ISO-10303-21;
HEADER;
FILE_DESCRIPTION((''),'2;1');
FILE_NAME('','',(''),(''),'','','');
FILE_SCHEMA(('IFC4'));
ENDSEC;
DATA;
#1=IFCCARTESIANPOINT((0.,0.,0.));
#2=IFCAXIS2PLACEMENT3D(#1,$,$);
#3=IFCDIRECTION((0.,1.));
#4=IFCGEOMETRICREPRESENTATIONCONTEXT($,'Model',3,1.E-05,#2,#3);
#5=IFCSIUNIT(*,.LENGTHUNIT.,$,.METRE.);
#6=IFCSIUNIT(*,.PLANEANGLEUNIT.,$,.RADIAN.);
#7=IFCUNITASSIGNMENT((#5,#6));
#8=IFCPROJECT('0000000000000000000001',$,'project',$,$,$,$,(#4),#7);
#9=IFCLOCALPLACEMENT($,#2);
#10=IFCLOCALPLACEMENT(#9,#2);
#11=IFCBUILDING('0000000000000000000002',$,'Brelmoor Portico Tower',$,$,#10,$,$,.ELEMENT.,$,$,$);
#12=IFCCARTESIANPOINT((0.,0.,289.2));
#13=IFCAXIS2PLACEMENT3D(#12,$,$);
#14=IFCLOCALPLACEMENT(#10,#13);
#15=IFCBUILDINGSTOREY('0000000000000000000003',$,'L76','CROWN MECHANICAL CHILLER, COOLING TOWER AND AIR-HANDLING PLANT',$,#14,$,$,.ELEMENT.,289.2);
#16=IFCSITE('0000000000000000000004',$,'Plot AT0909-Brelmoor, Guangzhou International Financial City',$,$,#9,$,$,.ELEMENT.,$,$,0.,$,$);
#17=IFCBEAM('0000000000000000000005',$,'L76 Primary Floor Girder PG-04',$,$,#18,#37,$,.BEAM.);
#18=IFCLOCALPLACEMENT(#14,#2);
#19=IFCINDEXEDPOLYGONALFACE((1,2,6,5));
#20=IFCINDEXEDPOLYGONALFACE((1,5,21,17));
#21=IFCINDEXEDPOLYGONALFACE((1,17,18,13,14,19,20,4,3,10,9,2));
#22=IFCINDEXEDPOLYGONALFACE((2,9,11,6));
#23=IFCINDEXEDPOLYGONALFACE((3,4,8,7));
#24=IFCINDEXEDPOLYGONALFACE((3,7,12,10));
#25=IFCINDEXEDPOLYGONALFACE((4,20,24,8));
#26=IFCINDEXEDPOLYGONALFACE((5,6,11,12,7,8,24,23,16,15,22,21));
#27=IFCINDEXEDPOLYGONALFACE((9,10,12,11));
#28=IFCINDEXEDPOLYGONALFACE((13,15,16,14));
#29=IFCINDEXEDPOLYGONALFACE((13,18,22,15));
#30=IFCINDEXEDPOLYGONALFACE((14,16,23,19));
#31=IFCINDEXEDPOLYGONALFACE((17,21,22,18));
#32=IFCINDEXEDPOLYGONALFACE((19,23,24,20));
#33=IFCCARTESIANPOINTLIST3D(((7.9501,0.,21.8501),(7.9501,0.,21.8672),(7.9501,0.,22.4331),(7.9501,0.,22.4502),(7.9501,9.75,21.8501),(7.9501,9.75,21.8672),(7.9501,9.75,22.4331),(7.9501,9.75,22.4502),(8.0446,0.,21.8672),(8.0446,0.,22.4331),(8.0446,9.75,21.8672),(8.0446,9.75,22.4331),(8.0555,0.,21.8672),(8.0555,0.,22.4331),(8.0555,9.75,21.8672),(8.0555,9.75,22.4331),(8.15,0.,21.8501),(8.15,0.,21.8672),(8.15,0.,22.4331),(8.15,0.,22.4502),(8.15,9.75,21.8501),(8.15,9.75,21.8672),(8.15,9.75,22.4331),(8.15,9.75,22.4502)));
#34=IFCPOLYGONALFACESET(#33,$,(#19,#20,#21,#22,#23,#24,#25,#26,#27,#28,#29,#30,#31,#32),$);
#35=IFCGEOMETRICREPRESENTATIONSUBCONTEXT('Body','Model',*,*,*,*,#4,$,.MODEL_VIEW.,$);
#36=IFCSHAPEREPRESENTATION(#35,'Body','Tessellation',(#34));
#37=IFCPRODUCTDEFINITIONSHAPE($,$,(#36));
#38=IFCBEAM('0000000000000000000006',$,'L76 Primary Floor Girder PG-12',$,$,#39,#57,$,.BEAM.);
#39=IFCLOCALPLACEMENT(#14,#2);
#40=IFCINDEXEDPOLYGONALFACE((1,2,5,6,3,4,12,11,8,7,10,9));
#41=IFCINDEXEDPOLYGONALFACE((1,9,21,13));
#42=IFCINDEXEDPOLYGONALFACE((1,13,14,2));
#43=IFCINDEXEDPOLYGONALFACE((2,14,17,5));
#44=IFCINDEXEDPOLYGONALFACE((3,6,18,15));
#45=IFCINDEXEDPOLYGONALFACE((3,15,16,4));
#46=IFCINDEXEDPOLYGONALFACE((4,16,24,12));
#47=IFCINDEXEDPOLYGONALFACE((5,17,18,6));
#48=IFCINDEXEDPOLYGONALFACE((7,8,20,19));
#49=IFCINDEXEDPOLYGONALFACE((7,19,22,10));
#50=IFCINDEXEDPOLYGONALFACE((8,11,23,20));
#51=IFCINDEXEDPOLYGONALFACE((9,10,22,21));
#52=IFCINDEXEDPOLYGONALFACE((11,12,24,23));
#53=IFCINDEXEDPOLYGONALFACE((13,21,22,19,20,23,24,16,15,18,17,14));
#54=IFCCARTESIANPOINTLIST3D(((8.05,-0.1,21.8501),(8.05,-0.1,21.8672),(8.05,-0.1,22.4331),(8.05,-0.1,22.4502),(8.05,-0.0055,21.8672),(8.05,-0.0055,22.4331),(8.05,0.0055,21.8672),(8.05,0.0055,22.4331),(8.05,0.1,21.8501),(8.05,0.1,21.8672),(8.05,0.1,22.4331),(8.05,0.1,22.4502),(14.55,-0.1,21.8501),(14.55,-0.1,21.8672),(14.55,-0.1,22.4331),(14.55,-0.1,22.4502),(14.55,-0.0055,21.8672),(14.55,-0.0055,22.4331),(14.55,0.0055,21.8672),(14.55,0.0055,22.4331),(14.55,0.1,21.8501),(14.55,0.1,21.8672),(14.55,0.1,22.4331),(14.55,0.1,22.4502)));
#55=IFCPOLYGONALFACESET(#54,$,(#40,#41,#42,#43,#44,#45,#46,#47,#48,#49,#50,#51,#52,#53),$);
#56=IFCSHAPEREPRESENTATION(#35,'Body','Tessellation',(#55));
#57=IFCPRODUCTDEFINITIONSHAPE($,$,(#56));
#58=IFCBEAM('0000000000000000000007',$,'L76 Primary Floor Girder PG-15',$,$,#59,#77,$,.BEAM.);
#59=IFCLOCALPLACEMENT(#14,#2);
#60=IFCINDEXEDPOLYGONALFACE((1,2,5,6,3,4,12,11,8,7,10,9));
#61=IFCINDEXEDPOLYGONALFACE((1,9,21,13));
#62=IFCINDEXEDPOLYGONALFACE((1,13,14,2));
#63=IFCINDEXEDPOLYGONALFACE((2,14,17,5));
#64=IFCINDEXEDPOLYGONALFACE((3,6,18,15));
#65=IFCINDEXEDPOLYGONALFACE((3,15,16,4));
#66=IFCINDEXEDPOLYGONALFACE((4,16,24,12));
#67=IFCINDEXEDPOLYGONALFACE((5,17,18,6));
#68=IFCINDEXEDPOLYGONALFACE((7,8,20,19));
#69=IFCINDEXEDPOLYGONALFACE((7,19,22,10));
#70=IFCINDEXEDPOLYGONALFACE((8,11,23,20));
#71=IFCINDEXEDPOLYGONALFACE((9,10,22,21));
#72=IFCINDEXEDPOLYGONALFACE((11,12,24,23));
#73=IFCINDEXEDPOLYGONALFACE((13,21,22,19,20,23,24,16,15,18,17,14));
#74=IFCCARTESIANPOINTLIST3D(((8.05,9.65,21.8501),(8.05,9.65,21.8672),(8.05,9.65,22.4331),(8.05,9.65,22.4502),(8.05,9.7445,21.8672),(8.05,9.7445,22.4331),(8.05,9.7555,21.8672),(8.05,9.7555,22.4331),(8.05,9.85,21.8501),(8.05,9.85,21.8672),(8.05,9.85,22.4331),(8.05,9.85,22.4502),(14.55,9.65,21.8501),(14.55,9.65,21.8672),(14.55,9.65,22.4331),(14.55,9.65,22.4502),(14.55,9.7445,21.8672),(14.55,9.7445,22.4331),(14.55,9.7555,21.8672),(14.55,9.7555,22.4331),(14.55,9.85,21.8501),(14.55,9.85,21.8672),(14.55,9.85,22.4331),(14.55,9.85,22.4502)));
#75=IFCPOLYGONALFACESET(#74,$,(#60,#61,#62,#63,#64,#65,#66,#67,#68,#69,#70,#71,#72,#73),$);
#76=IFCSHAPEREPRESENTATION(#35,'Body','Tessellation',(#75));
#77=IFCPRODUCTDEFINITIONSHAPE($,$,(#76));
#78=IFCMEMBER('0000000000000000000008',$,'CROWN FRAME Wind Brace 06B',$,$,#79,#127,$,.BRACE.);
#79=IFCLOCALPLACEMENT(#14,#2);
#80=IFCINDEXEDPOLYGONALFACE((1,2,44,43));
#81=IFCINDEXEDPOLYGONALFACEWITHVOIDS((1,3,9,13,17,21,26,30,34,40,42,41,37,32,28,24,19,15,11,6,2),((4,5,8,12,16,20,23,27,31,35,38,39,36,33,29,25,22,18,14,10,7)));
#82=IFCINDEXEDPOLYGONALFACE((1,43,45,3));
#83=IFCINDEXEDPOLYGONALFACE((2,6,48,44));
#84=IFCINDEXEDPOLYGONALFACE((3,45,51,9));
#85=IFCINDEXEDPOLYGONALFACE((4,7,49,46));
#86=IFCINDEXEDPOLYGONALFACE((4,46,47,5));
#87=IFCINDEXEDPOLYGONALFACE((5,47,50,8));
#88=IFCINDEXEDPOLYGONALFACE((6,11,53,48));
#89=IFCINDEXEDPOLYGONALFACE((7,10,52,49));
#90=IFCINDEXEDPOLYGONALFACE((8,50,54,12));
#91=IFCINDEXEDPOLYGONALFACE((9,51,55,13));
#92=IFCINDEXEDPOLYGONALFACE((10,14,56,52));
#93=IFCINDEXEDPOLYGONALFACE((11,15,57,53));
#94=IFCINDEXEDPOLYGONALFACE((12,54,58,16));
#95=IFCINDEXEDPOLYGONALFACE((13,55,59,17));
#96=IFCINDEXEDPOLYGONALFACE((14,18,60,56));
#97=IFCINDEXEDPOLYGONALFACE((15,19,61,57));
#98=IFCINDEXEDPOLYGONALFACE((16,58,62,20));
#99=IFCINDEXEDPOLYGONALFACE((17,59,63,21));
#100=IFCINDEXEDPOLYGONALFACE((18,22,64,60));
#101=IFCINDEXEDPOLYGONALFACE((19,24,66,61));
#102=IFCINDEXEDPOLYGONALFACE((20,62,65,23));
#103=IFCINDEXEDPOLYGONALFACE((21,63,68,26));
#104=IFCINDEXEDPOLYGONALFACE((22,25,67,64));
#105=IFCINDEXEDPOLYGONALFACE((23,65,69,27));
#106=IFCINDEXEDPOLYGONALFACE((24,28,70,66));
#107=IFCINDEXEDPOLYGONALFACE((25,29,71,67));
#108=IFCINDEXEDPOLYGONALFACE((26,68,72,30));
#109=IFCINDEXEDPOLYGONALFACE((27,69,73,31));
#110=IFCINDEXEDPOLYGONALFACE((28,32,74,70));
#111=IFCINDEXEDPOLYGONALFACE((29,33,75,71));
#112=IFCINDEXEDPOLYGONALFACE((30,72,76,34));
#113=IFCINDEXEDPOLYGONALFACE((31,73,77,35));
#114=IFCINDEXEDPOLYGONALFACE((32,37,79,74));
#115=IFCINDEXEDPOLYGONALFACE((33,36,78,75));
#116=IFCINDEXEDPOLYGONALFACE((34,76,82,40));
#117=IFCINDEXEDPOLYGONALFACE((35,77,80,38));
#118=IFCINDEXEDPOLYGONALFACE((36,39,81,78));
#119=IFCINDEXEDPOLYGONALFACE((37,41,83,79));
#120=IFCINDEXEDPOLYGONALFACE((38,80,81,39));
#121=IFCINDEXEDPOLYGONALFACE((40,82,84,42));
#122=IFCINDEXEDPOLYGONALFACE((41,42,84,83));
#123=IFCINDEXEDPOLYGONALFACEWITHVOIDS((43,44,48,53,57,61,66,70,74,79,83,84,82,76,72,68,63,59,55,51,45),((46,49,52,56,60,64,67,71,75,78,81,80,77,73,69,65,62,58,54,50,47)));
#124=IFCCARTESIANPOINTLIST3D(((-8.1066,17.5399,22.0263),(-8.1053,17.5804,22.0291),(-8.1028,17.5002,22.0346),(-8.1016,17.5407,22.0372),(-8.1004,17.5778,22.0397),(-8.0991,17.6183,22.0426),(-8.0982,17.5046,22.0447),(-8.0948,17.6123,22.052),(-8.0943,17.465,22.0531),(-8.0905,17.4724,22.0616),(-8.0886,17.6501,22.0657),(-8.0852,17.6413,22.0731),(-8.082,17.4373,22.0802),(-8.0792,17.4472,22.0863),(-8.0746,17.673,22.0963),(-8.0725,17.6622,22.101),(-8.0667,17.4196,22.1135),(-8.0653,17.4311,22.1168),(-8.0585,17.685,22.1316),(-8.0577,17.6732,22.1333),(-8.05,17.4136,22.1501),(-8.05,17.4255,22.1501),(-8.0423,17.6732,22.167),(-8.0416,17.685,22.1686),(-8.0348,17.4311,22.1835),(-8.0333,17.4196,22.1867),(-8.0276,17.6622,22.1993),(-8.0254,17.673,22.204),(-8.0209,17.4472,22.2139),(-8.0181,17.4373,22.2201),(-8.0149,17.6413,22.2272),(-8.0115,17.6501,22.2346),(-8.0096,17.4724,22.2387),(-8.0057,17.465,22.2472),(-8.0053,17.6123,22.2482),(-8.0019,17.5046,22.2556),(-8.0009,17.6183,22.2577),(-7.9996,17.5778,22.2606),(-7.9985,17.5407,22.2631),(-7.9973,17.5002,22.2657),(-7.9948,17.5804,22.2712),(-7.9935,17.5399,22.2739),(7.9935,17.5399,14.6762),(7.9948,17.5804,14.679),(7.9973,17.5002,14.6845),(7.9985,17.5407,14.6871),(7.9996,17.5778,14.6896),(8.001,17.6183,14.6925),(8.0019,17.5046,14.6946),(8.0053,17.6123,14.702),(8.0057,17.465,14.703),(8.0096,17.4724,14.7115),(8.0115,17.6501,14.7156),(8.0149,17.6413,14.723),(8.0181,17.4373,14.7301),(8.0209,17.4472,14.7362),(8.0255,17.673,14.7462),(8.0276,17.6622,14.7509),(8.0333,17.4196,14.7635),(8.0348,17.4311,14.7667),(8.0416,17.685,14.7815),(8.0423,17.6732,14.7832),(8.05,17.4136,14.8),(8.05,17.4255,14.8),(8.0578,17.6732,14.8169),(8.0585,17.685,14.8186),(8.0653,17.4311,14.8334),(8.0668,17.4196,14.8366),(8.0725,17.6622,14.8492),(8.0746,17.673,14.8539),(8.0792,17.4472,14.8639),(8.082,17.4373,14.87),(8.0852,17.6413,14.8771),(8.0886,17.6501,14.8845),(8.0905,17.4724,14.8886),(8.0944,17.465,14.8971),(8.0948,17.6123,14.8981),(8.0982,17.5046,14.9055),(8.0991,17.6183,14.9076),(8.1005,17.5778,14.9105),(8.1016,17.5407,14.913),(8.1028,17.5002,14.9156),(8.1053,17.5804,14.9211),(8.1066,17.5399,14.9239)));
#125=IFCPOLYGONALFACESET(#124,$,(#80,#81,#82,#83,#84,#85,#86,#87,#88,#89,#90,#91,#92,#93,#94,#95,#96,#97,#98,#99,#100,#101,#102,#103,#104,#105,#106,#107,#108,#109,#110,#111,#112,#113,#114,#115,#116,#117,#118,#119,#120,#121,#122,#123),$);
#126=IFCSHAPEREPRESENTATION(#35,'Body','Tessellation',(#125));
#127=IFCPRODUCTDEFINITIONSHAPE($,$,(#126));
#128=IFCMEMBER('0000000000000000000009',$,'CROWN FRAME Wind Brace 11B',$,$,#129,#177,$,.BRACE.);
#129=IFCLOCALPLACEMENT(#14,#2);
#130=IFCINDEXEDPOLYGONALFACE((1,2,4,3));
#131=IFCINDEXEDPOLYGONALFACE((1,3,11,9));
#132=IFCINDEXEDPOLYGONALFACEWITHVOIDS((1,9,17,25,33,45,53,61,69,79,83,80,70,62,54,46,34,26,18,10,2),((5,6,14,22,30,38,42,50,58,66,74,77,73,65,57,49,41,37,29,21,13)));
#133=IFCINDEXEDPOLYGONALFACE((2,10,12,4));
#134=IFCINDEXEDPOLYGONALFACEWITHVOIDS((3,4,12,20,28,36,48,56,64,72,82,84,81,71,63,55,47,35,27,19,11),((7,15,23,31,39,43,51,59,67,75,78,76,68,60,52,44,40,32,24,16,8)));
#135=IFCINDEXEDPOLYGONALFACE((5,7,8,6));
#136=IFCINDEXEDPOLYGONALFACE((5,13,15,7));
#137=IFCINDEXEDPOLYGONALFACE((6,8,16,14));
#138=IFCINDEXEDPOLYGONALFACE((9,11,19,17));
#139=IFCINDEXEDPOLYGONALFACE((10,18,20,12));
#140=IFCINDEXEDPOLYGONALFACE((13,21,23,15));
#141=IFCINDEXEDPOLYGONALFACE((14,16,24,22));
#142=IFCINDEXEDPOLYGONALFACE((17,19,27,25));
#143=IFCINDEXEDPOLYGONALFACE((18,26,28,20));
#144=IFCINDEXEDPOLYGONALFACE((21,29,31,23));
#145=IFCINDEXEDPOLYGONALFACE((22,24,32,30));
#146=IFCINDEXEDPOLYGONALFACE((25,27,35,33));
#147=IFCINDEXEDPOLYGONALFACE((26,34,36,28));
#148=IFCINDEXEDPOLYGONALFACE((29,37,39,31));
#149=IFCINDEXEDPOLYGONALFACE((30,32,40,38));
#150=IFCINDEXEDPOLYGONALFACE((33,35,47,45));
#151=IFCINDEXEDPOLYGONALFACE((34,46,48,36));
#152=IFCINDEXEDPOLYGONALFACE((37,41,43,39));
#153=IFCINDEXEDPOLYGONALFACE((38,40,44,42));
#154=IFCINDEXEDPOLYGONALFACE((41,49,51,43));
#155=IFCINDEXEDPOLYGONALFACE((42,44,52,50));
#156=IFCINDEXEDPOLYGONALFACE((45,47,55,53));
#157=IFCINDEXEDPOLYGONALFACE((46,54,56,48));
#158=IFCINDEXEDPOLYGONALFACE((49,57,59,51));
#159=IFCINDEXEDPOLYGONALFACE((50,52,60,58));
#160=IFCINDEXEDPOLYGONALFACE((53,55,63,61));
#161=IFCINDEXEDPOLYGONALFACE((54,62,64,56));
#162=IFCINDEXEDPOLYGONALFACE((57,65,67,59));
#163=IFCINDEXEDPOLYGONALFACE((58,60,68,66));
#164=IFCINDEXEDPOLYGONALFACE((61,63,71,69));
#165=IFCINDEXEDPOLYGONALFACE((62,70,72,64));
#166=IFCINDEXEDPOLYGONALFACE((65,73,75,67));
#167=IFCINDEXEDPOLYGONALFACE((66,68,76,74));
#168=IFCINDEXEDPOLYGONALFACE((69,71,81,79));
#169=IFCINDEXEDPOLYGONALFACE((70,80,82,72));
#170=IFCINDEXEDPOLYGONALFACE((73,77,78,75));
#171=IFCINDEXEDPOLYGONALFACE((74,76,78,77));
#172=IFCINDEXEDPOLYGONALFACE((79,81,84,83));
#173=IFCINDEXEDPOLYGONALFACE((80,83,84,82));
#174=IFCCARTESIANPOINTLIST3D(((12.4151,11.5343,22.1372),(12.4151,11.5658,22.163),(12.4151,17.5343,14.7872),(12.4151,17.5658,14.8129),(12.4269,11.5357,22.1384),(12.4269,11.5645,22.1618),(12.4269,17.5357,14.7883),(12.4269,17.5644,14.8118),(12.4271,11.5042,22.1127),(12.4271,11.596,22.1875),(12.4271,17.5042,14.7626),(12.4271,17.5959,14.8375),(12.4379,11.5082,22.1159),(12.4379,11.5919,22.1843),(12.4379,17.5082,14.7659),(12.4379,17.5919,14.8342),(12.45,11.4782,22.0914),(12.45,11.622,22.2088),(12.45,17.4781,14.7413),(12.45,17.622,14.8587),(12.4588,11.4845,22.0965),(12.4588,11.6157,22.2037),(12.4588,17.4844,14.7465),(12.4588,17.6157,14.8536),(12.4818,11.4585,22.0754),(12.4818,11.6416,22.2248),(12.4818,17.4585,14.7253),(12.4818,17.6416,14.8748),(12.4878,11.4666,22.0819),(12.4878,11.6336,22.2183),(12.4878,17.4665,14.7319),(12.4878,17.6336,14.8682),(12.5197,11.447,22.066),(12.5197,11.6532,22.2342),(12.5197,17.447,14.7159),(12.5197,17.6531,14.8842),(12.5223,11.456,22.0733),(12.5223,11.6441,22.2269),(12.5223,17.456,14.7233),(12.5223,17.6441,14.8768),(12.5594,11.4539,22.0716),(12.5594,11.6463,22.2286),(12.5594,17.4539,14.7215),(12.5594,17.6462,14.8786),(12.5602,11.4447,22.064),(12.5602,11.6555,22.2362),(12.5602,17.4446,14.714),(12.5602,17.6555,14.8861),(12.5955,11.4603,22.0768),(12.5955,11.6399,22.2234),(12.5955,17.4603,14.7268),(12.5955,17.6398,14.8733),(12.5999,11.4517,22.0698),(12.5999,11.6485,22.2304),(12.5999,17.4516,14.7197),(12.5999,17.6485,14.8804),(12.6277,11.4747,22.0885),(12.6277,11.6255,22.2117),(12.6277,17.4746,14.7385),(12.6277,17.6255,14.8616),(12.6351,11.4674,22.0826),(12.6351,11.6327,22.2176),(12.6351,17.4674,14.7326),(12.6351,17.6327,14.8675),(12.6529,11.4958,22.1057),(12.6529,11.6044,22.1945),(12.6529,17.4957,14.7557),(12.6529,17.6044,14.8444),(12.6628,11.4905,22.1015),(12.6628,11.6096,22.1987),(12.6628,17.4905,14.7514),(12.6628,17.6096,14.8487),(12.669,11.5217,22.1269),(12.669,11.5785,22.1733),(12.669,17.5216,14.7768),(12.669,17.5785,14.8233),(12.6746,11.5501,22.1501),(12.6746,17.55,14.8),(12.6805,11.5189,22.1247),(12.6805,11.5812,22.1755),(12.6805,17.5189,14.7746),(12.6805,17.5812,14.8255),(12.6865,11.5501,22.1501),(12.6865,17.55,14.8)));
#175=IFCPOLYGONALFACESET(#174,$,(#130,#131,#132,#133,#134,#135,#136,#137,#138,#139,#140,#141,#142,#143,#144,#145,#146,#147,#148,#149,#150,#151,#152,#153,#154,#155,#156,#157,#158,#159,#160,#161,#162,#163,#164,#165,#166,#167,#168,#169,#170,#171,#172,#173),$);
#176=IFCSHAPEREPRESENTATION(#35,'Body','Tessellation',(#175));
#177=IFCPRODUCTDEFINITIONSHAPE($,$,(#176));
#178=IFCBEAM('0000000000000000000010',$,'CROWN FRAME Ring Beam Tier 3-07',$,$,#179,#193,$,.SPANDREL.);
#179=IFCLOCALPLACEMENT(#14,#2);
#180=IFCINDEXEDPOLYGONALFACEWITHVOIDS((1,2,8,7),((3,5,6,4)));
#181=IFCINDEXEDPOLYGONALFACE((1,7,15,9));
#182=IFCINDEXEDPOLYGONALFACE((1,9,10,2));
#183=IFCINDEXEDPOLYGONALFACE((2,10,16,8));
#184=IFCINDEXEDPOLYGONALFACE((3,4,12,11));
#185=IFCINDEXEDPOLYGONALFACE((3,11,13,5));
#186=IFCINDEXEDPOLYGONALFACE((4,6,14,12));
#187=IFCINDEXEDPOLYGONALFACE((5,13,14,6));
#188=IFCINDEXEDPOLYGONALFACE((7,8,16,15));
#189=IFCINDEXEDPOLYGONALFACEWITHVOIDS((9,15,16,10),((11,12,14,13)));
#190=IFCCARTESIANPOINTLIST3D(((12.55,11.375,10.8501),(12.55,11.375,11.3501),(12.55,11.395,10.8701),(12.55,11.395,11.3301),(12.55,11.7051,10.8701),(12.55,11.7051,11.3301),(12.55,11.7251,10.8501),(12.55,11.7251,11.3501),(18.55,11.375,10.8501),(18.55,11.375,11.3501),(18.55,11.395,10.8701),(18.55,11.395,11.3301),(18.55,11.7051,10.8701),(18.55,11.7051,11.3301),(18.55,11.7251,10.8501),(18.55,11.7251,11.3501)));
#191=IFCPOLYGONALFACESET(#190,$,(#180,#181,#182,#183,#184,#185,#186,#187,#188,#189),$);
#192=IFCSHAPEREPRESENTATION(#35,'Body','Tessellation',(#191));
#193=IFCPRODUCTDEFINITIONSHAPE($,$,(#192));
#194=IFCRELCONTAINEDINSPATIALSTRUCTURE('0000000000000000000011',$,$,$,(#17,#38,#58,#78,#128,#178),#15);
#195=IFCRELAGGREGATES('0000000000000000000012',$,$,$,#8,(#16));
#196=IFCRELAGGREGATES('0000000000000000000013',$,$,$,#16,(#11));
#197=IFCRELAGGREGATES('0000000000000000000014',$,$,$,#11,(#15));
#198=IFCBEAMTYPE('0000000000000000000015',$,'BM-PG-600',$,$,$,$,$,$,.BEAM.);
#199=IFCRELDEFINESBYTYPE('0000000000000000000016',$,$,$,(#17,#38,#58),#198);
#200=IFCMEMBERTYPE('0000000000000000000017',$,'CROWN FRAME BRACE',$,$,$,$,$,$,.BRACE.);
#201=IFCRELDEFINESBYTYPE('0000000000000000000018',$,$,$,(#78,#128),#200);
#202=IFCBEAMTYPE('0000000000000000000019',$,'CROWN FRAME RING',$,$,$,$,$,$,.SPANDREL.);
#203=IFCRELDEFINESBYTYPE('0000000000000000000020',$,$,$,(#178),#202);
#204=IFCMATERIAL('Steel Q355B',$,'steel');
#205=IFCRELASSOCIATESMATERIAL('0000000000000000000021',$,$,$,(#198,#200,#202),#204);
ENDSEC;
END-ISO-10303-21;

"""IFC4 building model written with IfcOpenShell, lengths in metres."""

from ifc_helpers import new_model, si_unit, direction, frame, origin, origin_2d, place, context, subcontext, project, spatial, hollow_rectangle, hollow_circle, i_section, extrude, material, material_profile, profile_set, type_object, element, save


model = new_model("IFC4")

# Units and contexts
model_context = context("Model", 3, precision=1e-05, world=origin(), true_north=direction((0.0, 1.0)))
body_context = subcontext(model_context, "Body", "Model", "MODEL_VIEW")
ifc_project = project(units=[si_unit("LENGTHUNIT", "METRE"), si_unit("PLANEANGLEUNIT", "RADIAN")], contexts=[model_context])

# Site, building, storey
site_placement = place(None, origin())
site = spatial("IfcSite", under=ifc_project, at=site_placement, Name="Plot AT0909-Brelmoor, Guangzhou International Financial City", CompositionType="ELEMENT", RefElevation=0.0)
building_placement = place(site_placement, origin())
building = spatial("IfcBuilding", under=site, at=building_placement, Name="Brelmoor Portico Tower", CompositionType="ELEMENT")
storey_placement = place(building_placement, frame((0.0, 0.0, 289.2)))
storey = spatial("IfcBuildingStorey", under=building, at=storey_placement, Name="L76", Description="CROWN MECHANICAL CHILLER, COOLING TOWER AND AIR-HANDLING PLANT", CompositionType="ELEMENT", Elevation=289.2)

# Beams
ifc_material_1 = material(Name="Steel Q355B", Category="steel")
ifc_material_profile_1 = material_profile(ifc_material_1, i_section(OverallWidth=0.2, OverallDepth=0.6001, WebThickness=0.011, FlangeThickness=0.0171, at=origin_2d()), Name="HN 600x200x11x17")
ifc_profile_set_1 = profile_set([ifc_material_profile_1], Name="Steel Q355B")
beam_type_1 = type_object("IfcBeamType", Name="BM-PG-600", PredefinedType="BEAM", material=ifc_profile_set_1)
beam_1_placement = place(storey_placement, frame((8.05, 0.0, 22.1501), z_axis=(0.0, 1.0, 0.0), x_axis=(-1.0, 0.0, 0.0)))
element("IfcBeam", 1, at=beam_1_placement, inside=storey, type_object=beam_type_1, Name="L76 Primary Floor Girder PG-04", PredefinedType="BEAM", context=body_context, shape_type="SweptSolid", body=[
    extrude(i_section(OverallWidth=0.2, OverallDepth=0.6001, WebThickness=0.011, FlangeThickness=0.0171, at=origin_2d()), origin(), (0.0, 0.0, 1.0), 9.75),
])
for number, where, z_axis, x_axis, name in (
    (2, (8.05, 0.0, 22.1501), (1.0, 0.0, 0.0), (0.0, 1.0, 0.0), "L76 Primary Floor Girder PG-12"),
    (3, (8.05, 9.75, 22.1501), (1.0, 0.0, 0.0), (0.0, 1.0, 0.0), "L76 Primary Floor Girder PG-15"),
):
    element("IfcBeam", number, at=place(storey_placement, frame(where, z_axis=z_axis, x_axis=x_axis)), inside=storey, type_object=beam_type_1, Name=name, PredefinedType="BEAM", context=body_context, shape_type="SweptSolid", body=[
        extrude(i_section(OverallWidth=0.2, OverallDepth=0.6001, WebThickness=0.011, FlangeThickness=0.0171, at=origin_2d()), origin(), (0.0, 0.0, 1.0), 6.5),
    ])

# Members
ifc_material_profile_2 = material_profile(ifc_material_1, hollow_circle(Radius=0.1365, WallThickness=0.012, at=origin_2d()), Name="CHS 273x12")
ifc_profile_set_2 = profile_set([ifc_material_profile_2], Name="Steel Q355B")
member_type = type_object("IfcMemberType", Name="CROWN FRAME BRACE", PredefinedType="BRACE", material=ifc_profile_set_2)
member_1_placement = place(storey_placement, frame((8.05, 17.55, 14.8), z_axis=(-0.909687, 0.0, 0.415295), x_axis=(0.0, -1.0, 0.0)))
element("IfcMember", 4, at=member_1_placement, inside=storey, type_object=member_type, Name="CROWN FRAME Wind Brace 06B", PredefinedType="BRACE", context=body_context, shape_type="SweptSolid", body=[
    extrude(hollow_circle(Radius=0.1365, WallThickness=0.012, at=origin_2d()), origin(), (0.0, 0.0, 1.0), 17.6985),
])
member_2_placement = place(storey_placement, frame((12.55, 17.55, 14.8), z_axis=(0.0, -0.632371, 0.774665), x_axis=(1.0, 0.0, 0.0)))
element("IfcMember", 5, at=member_2_placement, inside=storey, type_object=member_type, Name="CROWN FRAME Wind Brace 11B", PredefinedType="BRACE", context=body_context, shape_type="SweptSolid", body=[
    extrude(hollow_circle(Radius=0.1365, WallThickness=0.012, at=origin_2d()), origin(), (0.0, 0.0, 1.0), 9.488),
])

# Beam
ifc_material_profile_3 = material_profile(ifc_material_1, hollow_rectangle(XDim=0.3501, YDim=0.5, WallThickness=0.02, at=origin_2d()), Name="RHS 350x500x20")
ifc_profile_set_3 = profile_set([ifc_material_profile_3], Name="Steel Q355B")
beam_type_2 = type_object("IfcBeamType", Name="CROWN FRAME RING", PredefinedType="SPANDREL", material=ifc_profile_set_3)
beam_2_placement = place(storey_placement, frame((12.55, 11.55, 11.1001), z_axis=(1.0, 0.0, 0.0), x_axis=(0.0, 1.0, 0.0)))
element("IfcBeam", 6, at=beam_2_placement, inside=storey, type_object=beam_type_2, Name="CROWN FRAME Ring Beam Tier 3-07", PredefinedType="SPANDREL", context=body_context, shape_type="SweptSolid", body=[
    extrude(hollow_rectangle(XDim=0.3501, YDim=0.5, WallThickness=0.02, at=origin_2d()), origin(), (0.0, 0.0, 1.0), 6.0),
])

save(model, "model.ifc")
